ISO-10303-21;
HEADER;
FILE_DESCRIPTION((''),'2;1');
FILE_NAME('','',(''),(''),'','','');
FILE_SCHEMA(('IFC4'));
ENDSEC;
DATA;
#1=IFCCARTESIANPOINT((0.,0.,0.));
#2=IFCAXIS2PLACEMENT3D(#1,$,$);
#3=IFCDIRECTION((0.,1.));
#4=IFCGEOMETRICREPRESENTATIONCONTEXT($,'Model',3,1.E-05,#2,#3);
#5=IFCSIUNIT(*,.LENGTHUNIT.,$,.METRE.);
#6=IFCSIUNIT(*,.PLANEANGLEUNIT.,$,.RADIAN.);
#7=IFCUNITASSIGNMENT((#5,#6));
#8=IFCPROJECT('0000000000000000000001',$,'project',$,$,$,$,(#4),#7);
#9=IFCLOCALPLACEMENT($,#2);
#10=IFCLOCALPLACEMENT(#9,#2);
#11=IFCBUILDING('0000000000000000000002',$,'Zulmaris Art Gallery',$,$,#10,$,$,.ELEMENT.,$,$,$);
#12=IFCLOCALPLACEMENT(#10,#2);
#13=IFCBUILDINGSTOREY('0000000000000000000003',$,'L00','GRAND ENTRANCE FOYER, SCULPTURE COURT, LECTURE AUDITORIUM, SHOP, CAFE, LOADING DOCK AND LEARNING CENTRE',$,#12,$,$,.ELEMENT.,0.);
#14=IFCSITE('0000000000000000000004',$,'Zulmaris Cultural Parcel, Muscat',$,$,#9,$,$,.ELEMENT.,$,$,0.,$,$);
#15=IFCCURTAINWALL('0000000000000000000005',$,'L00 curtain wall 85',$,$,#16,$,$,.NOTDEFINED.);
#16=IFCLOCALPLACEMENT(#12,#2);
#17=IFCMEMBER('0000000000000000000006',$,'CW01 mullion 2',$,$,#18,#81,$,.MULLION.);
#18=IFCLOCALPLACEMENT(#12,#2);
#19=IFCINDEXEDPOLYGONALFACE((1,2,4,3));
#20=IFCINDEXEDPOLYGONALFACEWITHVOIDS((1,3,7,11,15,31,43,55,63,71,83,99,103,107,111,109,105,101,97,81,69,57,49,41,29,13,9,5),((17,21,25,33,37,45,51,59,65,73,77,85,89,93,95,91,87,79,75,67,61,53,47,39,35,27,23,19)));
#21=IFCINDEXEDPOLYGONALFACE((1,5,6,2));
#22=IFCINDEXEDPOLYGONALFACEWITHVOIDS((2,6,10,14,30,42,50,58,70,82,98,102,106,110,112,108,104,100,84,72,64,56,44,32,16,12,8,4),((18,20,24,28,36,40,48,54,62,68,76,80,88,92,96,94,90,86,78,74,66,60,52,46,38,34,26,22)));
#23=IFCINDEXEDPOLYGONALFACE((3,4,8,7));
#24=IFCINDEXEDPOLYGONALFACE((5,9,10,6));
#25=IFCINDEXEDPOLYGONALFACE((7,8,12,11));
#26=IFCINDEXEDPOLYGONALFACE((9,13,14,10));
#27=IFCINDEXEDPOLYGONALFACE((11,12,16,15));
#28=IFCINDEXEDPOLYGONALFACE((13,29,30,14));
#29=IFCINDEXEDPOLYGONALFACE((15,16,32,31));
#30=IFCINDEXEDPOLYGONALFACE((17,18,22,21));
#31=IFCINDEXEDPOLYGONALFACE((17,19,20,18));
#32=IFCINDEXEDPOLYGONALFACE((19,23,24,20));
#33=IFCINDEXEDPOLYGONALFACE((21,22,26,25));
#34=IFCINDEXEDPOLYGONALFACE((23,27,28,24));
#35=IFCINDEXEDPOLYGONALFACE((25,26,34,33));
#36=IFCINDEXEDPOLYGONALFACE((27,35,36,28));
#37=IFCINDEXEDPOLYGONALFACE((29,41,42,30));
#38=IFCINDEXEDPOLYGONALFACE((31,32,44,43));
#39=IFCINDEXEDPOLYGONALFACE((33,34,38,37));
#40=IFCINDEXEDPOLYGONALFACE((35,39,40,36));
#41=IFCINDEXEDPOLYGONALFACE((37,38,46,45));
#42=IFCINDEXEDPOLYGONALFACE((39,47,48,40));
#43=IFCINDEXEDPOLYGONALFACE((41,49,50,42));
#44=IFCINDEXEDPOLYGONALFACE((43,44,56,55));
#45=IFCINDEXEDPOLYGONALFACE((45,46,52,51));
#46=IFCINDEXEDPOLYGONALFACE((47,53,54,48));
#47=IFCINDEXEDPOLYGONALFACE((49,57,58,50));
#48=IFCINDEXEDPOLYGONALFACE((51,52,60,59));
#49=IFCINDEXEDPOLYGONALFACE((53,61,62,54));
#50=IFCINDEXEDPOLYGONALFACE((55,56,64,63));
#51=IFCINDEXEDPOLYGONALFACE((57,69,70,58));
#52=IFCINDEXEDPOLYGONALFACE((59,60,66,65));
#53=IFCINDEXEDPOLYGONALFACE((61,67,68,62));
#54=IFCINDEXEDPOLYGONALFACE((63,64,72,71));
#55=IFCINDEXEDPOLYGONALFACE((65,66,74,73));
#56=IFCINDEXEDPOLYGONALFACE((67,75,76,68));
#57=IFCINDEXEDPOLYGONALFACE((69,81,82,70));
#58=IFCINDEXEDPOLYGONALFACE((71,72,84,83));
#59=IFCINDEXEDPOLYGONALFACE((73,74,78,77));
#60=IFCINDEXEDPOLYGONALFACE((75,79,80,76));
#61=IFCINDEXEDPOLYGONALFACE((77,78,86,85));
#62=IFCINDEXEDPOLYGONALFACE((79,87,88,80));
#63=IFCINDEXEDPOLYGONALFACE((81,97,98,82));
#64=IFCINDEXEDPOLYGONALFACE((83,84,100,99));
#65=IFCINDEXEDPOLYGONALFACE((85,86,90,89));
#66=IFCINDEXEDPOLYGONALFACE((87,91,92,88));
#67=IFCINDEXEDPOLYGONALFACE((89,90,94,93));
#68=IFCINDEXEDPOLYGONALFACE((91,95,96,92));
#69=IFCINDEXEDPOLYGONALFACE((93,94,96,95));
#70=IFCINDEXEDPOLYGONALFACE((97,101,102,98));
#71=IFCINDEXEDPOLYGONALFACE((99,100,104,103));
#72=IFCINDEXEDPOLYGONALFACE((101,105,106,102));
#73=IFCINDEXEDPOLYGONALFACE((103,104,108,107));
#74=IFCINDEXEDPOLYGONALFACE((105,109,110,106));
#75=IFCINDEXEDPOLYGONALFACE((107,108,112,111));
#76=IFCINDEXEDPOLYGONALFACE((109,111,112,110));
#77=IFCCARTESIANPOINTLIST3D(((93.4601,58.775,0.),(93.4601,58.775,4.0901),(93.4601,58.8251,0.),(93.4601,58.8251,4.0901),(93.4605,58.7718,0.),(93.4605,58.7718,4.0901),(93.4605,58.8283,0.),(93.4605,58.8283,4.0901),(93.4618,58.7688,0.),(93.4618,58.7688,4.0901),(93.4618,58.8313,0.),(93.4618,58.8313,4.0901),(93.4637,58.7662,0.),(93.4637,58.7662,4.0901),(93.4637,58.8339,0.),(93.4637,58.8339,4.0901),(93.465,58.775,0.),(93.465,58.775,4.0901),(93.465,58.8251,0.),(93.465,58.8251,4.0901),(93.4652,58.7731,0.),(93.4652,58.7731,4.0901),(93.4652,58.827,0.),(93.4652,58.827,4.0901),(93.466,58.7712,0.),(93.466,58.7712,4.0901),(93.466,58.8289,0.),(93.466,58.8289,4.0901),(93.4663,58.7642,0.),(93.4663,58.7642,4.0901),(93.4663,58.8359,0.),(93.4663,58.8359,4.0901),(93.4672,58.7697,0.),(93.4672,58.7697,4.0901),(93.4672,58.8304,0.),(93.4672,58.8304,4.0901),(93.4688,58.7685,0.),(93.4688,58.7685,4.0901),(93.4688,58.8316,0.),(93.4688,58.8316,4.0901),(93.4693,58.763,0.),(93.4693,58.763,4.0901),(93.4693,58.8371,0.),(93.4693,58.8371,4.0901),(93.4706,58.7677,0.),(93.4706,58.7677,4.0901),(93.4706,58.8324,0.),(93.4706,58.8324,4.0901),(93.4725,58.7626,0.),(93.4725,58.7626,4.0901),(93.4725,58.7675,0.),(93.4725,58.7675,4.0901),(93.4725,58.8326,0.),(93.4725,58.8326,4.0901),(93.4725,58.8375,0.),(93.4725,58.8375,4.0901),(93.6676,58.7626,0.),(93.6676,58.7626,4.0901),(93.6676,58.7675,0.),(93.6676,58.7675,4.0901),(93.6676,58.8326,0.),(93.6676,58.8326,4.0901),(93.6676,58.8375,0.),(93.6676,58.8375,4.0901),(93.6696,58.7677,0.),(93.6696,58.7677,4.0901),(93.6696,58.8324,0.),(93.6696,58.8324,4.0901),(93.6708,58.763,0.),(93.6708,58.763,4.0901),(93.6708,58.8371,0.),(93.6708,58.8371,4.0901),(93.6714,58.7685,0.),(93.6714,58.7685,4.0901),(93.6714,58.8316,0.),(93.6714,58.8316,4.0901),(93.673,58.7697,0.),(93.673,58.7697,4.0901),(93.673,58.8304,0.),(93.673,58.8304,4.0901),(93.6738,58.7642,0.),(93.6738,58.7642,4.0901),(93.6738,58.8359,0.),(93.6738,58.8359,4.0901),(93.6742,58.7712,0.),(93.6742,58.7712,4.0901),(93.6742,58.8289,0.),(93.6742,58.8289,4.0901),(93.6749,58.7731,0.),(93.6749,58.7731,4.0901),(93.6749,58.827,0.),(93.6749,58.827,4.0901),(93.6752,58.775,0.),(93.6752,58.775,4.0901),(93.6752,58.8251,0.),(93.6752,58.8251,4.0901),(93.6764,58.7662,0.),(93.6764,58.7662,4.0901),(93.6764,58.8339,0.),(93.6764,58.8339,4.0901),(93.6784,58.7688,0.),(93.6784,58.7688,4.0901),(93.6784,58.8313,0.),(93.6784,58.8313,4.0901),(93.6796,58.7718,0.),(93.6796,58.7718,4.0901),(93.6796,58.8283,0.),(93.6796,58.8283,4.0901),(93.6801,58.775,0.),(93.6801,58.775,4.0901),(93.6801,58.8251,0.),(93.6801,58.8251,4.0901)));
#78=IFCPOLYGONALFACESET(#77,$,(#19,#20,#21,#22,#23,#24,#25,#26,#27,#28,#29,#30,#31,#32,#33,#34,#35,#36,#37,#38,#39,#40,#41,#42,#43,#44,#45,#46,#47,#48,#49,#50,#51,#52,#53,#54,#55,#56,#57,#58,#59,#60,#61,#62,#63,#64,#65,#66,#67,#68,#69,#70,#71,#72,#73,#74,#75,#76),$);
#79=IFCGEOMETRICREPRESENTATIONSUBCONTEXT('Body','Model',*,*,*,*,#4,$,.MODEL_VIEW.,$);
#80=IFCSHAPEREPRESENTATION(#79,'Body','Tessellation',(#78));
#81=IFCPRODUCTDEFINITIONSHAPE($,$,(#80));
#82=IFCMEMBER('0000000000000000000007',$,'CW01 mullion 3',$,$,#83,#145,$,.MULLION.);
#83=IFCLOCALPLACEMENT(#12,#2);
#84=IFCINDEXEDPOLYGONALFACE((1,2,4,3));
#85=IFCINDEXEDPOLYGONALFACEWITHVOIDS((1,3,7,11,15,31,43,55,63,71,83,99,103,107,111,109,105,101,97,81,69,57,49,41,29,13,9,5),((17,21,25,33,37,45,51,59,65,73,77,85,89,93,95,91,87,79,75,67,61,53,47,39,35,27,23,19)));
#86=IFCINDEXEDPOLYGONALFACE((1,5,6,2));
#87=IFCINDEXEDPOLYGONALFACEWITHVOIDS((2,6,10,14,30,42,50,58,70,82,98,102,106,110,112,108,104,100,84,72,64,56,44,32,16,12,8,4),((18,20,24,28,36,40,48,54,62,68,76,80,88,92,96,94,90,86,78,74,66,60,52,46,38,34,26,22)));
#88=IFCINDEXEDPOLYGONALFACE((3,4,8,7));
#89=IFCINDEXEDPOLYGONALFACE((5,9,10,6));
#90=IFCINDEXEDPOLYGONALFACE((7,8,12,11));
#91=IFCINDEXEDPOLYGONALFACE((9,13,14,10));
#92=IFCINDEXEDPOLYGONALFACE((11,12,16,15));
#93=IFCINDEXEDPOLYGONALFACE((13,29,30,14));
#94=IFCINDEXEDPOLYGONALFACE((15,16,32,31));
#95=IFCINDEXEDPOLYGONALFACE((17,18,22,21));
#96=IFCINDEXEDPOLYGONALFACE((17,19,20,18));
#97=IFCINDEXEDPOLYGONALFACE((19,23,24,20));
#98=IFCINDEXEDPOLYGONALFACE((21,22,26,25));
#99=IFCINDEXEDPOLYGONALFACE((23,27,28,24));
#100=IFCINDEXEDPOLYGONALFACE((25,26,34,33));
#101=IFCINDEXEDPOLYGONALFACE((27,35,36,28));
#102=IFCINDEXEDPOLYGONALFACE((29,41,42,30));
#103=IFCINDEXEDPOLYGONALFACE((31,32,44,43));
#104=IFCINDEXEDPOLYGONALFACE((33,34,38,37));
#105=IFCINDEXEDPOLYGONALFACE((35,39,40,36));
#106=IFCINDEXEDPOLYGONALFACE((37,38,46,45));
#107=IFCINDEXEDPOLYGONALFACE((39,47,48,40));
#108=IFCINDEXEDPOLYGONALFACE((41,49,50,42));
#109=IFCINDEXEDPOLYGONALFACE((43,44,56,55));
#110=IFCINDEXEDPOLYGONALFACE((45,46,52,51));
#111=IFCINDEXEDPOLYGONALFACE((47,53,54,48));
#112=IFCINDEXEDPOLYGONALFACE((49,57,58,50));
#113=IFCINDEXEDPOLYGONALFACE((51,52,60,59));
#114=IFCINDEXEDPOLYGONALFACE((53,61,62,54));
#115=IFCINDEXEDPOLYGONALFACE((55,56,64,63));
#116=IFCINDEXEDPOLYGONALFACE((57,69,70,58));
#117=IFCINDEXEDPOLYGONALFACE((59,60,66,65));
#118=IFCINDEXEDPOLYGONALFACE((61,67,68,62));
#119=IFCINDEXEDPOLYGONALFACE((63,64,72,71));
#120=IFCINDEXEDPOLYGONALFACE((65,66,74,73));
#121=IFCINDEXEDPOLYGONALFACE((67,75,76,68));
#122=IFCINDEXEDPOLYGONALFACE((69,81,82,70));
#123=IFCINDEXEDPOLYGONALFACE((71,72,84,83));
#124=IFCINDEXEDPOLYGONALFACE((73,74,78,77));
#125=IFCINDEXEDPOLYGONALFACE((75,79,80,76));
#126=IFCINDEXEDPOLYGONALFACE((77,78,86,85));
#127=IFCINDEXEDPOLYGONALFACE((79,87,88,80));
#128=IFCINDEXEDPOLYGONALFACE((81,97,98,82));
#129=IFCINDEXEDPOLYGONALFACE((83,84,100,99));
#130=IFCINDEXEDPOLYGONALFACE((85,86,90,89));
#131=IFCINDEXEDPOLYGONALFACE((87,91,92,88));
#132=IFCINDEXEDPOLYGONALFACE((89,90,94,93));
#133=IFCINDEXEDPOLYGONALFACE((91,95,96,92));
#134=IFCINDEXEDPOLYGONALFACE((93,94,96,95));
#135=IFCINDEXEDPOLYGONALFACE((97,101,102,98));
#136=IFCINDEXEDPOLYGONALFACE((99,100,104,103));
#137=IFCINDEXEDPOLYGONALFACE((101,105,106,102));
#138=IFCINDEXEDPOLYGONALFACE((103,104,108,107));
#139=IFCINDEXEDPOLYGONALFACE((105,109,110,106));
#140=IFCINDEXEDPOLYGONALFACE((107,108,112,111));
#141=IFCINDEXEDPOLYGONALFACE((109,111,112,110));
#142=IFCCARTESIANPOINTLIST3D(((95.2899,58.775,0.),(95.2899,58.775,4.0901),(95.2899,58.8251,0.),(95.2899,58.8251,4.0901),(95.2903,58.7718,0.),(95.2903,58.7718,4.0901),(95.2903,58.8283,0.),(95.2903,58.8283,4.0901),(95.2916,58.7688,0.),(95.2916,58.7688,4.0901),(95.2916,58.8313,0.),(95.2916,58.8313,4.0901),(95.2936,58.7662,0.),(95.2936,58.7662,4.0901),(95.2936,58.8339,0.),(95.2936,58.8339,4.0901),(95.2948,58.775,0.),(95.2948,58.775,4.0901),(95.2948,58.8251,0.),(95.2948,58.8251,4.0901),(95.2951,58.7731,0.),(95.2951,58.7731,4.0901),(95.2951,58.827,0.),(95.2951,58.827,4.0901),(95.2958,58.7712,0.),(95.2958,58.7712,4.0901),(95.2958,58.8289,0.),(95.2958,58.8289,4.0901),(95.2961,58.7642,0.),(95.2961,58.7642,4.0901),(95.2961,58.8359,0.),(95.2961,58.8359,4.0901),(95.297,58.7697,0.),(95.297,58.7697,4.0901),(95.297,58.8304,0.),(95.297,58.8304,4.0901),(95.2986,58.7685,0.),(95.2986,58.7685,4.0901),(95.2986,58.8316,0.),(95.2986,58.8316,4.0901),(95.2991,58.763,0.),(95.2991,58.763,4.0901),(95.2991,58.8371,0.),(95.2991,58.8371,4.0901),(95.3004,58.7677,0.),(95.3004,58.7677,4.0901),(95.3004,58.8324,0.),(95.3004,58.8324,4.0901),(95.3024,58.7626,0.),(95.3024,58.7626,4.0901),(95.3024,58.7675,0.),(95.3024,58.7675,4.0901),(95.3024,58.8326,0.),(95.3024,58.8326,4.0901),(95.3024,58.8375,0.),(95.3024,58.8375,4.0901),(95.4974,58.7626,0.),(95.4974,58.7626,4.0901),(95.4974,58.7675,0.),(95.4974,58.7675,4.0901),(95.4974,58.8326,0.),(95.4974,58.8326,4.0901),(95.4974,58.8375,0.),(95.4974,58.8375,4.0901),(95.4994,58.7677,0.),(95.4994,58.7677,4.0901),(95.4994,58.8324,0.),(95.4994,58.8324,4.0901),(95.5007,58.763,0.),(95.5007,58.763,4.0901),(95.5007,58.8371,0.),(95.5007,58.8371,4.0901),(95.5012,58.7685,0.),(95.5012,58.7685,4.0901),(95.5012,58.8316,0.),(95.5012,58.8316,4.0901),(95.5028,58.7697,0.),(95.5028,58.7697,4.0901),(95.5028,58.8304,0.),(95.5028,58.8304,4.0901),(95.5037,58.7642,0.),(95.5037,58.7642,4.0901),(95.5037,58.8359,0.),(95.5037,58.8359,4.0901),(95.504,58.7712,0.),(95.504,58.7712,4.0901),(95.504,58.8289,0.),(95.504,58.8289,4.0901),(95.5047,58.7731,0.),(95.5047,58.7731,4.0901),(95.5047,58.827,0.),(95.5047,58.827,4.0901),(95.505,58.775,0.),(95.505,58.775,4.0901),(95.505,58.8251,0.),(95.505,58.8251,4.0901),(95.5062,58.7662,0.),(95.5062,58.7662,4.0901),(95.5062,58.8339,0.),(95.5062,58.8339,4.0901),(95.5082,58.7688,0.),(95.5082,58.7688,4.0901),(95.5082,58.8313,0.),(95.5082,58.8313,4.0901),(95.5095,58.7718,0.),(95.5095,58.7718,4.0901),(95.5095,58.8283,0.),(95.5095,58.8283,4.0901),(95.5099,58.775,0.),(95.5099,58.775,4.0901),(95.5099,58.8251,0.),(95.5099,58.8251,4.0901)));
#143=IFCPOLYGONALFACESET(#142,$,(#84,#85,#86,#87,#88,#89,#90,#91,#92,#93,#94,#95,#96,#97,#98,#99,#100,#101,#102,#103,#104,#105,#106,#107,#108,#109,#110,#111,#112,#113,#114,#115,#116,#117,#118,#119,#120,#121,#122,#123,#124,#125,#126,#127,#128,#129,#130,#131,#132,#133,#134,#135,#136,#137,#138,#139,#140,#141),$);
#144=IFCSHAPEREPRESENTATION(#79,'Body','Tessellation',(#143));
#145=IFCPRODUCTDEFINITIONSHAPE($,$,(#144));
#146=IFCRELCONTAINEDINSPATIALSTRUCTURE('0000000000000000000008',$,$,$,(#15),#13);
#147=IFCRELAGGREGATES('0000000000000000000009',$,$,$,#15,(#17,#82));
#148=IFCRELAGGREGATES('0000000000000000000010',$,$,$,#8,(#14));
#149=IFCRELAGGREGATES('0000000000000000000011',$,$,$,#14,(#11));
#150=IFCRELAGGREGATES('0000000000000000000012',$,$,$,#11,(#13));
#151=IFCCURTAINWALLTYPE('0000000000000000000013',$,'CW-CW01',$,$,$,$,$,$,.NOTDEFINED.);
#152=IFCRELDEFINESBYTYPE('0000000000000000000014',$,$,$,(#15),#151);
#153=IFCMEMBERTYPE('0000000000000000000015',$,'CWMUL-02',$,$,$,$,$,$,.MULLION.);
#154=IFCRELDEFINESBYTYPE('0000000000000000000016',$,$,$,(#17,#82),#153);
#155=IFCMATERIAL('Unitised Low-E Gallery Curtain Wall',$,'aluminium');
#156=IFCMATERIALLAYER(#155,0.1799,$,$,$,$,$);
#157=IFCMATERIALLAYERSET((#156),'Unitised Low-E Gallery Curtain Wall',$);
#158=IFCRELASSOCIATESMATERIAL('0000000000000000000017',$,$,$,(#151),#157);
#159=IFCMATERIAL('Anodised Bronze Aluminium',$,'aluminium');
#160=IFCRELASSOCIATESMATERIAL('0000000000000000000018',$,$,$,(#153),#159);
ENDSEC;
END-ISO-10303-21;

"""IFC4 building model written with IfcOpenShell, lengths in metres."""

from ifc_helpers import new_model, si_unit, direction, frame, origin, origin_2d, place, context, subcontext, project, spatial, hollow_rectangle, extrude, material, layer, layer_set, material_profile, profile_set, type_object, element, aggregate, save


model = new_model("IFC4")

# Units and contexts
model_context = context("Model", 3, precision=1e-05, world=origin(), true_north=direction((0.0, 1.0)))
body_context = subcontext(model_context, "Body", "Model", "MODEL_VIEW")
ifc_project = project(units=[si_unit("LENGTHUNIT", "METRE"), si_unit("PLANEANGLEUNIT", "RADIAN")], contexts=[model_context])

# Site, building, storey
site_placement = place(None, origin())
site = spatial("IfcSite", under=ifc_project, at=site_placement, Name="Zulmaris Cultural Parcel, Muscat", CompositionType="ELEMENT", RefElevation=0.0)
building_placement = place(site_placement, origin())
building = spatial("IfcBuilding", under=site, at=building_placement, Name="Zulmaris Art Gallery", CompositionType="ELEMENT")
storey_placement = place(building_placement, origin())
storey = spatial("IfcBuildingStorey", under=building, at=storey_placement, Name="L00", Description="GRAND ENTRANCE FOYER, SCULPTURE COURT, LECTURE AUDITORIUM, SHOP, CAFE, LOADING DOCK AND LEARNING CENTRE", CompositionType="ELEMENT", Elevation=0.0)

# Curtain wall, members
ifc_material_1 = material(Name="Unitised Low-E Gallery Curtain Wall", Category="aluminium")
ifc_layer_1 = layer(ifc_material_1, 0.1799)
ifc_layer_set_1 = layer_set([ifc_layer_1], Name="Unitised Low-E Gallery Curtain Wall")
curtain_wall_type = type_object("IfcCurtainWallType", Name="CW-CW01", PredefinedType="NOTDEFINED", material=ifc_layer_set_1)
curtain_wall_1_placement = place(storey_placement, origin())
curtain_wall_1 = element("IfcCurtainWall", 1, at=curtain_wall_1_placement, inside=storey, type_object=curtain_wall_type, Name="L00 curtain wall 85", PredefinedType="NOTDEFINED")
ifc_material_2 = material(Name="Anodised Bronze Aluminium", Category="aluminium")
ifc_material_profile_1 = material_profile(ifc_material_2, hollow_rectangle(XDim=0.075, YDim=0.22, WallThickness=0.0049, InnerFilletRadius=0.0076, OuterFilletRadius=0.0125, at=origin_2d()), Name="ALU 75x220x5")
ifc_profile_set_1 = profile_set([ifc_material_profile_1], Name="Anodised Bronze Aluminium")
member_type_1 = type_object("IfcMemberType", Name="CWMUL-02", PredefinedType="MULLION", material=ifc_profile_set_1)
member_1_placement = place(storey_placement, frame((93.5701, 58.8, 0.0), z_axis=(0.0, 0.0, 1.0), x_axis=(0.0, 1.0, 0.0)))
member_1 = element("IfcMember", 2, at=member_1_placement, type_object=member_type_1, Name="CW01 mullion 2", PredefinedType="MULLION", context=body_context, shape_type="SweptSolid", body=[
    extrude(hollow_rectangle(XDim=0.075, YDim=0.22, WallThickness=0.0049, InnerFilletRadius=0.0076, OuterFilletRadius=0.0125, at=origin_2d()), origin(), (0.0, 0.0, 1.0), 4.0901),
])
member_2_placement = place(storey_placement, frame((95.3999, 58.8, 0.0), z_axis=(0.0, 0.0, 1.0), x_axis=(0.0, 1.0, 0.0)))
member_2 = element("IfcMember", 3, at=member_2_placement, type_object=member_type_1, Name="CW01 mullion 3", PredefinedType="MULLION", context=body_context, shape_type="SweptSolid", body=[
    extrude(hollow_rectangle(XDim=0.075, YDim=0.22, WallThickness=0.0049, InnerFilletRadius=0.0076, OuterFilletRadius=0.0125, at=origin_2d()), origin(), (0.0, 0.0, 1.0), 4.0901),
])

aggregate(curtain_wall_1, [member_1, member_2])

save(model, "model.ifc")
